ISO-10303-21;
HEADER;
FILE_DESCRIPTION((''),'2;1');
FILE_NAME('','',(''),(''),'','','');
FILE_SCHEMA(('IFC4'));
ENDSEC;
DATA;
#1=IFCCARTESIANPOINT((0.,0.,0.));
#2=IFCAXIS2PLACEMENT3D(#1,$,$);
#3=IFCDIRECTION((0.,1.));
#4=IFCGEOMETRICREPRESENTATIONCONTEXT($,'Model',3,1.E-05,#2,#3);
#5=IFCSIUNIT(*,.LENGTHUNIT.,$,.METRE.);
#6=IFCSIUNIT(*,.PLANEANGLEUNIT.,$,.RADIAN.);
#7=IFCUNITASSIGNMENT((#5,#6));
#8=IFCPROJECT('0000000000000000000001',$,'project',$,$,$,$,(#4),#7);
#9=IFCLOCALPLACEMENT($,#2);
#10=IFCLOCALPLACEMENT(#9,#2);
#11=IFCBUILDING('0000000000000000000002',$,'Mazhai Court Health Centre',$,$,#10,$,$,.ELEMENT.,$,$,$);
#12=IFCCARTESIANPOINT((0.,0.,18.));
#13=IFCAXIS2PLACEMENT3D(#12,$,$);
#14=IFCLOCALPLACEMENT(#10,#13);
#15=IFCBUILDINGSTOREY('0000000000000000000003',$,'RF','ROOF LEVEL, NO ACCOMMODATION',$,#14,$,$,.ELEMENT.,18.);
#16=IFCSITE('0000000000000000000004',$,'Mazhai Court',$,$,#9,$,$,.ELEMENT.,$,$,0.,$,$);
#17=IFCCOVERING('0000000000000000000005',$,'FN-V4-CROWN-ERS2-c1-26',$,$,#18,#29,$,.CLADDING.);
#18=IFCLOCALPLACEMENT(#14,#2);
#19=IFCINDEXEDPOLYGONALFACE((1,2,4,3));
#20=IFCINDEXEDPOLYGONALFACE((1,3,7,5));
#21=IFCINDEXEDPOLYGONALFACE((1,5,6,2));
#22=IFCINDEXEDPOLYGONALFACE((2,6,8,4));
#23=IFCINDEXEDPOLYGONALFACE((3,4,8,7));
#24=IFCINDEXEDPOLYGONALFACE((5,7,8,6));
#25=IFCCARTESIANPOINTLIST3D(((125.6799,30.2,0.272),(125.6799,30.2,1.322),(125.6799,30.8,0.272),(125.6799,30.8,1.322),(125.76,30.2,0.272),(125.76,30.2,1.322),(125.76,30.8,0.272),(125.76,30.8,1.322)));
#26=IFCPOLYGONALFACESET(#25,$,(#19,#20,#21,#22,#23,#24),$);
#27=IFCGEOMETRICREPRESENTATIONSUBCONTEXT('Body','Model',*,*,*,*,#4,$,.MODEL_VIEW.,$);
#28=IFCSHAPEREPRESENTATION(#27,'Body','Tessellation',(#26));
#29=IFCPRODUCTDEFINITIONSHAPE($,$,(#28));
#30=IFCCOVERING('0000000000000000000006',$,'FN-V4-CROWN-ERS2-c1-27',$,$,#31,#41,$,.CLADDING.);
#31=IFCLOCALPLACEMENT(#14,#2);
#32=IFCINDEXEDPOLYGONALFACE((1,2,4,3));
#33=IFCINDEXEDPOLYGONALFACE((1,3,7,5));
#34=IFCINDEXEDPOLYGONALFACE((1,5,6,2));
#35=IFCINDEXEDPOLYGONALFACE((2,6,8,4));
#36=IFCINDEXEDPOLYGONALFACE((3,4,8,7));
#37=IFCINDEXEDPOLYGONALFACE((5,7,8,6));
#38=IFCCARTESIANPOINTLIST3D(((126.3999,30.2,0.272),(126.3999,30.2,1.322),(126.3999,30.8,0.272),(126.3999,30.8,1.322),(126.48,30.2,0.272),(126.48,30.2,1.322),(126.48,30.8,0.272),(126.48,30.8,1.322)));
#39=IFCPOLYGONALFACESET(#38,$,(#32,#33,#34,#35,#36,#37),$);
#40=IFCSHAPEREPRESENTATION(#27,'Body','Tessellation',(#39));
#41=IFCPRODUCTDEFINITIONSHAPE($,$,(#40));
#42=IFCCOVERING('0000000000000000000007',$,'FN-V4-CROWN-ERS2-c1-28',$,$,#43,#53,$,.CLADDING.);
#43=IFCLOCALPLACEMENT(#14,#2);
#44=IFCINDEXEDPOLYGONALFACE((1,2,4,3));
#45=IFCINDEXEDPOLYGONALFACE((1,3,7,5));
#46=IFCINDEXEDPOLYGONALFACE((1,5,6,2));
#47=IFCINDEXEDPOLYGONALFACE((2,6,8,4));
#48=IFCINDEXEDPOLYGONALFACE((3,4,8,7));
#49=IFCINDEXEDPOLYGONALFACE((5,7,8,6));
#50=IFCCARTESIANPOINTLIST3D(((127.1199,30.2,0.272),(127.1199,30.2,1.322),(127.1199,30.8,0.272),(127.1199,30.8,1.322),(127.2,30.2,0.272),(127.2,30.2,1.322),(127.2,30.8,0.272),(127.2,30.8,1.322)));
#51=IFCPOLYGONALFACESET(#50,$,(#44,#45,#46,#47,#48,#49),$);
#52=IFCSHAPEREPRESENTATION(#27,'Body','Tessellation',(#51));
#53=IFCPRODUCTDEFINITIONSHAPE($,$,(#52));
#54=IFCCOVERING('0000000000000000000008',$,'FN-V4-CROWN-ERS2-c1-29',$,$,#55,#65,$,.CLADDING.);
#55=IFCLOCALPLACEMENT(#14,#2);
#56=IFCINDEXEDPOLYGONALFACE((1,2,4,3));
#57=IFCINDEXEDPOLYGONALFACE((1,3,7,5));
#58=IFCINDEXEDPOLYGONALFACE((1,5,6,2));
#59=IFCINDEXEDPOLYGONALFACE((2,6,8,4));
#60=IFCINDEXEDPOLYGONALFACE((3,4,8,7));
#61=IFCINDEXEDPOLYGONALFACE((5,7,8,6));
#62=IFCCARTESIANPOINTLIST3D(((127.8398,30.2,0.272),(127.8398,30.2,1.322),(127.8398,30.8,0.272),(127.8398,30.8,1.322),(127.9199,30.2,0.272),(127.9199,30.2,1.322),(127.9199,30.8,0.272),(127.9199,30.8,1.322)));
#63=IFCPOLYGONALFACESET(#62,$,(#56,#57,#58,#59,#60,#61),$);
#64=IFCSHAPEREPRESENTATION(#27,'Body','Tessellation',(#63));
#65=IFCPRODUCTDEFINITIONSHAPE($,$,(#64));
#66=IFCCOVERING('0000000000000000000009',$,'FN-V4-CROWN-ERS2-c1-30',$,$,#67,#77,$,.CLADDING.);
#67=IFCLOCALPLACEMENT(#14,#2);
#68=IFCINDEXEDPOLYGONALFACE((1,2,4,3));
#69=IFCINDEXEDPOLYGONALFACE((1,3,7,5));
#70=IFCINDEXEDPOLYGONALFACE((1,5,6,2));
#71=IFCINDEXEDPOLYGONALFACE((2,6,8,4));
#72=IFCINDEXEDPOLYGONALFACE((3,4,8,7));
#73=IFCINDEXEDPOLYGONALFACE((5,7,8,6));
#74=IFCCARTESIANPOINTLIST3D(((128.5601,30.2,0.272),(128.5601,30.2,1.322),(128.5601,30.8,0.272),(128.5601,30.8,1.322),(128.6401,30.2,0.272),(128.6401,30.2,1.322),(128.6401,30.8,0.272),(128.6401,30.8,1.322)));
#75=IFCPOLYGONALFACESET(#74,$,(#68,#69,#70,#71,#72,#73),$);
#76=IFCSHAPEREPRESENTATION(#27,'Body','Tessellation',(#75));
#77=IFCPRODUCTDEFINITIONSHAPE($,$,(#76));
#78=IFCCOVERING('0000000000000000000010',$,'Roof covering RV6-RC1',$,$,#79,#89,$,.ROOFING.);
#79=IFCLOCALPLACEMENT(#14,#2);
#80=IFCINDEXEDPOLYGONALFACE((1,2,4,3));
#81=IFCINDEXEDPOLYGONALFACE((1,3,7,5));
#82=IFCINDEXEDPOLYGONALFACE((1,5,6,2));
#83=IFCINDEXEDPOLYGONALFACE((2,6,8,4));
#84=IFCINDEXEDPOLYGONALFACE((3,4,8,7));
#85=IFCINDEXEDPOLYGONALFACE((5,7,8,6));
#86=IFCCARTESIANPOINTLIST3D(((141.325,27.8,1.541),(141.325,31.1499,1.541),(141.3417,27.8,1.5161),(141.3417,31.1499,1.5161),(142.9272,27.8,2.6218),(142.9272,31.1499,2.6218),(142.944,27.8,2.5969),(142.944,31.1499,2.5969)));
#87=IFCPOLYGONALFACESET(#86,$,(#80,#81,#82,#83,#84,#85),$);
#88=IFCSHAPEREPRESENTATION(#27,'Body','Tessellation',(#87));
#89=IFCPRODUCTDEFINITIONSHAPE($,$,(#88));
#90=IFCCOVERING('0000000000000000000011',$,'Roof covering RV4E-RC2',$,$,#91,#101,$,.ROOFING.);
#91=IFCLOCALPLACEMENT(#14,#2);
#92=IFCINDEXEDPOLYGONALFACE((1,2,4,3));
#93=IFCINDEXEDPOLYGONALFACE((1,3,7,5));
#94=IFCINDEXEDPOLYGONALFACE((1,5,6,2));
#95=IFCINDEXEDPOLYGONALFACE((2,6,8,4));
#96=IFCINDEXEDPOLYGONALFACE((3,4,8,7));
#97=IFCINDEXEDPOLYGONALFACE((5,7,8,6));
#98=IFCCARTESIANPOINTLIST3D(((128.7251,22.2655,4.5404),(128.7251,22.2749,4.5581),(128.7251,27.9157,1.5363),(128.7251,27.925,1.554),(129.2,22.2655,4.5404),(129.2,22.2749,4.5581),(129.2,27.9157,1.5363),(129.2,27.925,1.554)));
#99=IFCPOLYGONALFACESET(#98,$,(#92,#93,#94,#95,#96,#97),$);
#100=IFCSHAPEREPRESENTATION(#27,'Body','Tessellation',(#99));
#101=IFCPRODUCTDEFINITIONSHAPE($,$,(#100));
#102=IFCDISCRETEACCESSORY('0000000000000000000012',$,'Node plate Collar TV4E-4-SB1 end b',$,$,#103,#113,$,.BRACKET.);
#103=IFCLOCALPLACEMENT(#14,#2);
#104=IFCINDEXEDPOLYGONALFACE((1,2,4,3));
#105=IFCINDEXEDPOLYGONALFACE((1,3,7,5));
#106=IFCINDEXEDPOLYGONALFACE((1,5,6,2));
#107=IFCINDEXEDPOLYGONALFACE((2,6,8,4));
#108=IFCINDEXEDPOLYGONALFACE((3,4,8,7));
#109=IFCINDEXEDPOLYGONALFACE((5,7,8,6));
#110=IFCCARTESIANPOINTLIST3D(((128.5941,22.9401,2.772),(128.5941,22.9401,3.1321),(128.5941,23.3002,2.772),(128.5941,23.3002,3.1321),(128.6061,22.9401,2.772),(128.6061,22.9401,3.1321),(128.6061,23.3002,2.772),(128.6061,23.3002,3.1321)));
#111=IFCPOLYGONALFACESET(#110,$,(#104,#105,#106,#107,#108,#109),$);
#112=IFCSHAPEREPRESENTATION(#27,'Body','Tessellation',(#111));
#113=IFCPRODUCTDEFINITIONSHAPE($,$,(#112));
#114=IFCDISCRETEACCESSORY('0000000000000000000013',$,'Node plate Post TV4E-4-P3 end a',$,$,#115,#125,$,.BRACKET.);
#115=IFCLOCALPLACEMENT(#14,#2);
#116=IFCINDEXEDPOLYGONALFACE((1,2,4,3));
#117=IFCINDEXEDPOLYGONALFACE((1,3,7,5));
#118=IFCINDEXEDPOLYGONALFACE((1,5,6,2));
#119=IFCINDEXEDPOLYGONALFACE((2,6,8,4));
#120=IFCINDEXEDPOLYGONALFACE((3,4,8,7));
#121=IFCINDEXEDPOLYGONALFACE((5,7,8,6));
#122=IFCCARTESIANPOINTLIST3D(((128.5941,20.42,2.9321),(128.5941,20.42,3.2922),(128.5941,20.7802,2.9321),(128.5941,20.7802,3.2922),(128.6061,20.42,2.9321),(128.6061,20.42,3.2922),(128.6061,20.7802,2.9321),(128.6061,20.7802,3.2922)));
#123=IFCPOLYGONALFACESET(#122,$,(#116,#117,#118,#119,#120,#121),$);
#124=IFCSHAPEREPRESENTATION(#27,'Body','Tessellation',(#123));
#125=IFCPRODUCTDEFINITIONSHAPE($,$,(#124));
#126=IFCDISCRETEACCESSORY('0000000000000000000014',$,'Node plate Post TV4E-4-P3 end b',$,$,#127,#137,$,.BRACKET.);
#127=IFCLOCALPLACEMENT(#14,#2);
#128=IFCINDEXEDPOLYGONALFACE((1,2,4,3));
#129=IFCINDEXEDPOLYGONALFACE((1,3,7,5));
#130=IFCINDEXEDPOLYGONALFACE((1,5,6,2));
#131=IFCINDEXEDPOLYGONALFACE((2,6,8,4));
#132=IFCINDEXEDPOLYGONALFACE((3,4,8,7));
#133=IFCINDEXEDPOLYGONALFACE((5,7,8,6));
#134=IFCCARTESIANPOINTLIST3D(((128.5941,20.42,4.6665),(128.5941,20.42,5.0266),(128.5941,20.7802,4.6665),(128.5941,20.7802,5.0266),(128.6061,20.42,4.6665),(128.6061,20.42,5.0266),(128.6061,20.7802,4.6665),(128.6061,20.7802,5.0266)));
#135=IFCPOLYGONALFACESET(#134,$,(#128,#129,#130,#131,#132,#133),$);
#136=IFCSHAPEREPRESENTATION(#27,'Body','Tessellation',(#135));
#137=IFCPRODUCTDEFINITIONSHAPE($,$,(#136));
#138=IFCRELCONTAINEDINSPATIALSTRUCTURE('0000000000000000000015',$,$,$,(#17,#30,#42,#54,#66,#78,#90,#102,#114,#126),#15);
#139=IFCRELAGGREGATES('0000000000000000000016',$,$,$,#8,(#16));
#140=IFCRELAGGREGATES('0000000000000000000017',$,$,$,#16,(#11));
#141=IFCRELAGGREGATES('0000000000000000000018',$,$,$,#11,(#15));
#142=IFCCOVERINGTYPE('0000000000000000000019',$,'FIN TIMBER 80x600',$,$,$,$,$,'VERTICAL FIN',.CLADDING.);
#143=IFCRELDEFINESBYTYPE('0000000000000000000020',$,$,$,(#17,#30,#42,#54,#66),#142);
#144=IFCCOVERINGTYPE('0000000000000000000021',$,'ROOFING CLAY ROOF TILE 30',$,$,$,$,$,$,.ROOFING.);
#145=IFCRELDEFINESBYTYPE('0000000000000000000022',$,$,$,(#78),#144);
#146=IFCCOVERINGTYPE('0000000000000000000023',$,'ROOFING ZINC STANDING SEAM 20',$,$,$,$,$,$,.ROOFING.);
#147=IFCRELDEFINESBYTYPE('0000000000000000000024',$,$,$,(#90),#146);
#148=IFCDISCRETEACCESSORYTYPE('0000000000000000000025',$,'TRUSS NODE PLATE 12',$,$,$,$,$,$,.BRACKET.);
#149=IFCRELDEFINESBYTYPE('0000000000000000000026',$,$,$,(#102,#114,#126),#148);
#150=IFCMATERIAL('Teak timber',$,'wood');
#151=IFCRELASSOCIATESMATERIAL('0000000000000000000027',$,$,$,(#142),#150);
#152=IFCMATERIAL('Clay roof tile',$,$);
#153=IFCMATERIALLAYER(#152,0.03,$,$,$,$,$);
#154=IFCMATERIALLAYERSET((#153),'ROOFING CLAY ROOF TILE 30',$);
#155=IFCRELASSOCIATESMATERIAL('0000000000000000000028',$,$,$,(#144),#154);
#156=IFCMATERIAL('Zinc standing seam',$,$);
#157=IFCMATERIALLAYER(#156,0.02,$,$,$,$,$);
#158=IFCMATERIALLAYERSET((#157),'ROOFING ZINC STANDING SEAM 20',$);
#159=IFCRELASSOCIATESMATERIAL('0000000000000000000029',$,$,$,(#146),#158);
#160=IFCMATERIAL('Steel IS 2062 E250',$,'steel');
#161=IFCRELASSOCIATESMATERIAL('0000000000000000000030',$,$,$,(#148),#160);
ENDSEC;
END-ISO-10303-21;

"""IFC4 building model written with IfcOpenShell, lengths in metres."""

from ifc_helpers import new_model, si_unit, direction, frame, origin, origin_2d, place, context, subcontext, project, spatial, polyline, rectangle, outline, extrude, material, layer, layer_set, type_object, element, save


model = new_model("IFC4")

# Units and contexts
model_context = context("Model", 3, precision=1e-05, world=origin(), true_north=direction((0.0, 1.0)))
body_context = subcontext(model_context, "Body", "Model", "MODEL_VIEW")
ifc_project = project(units=[si_unit("LENGTHUNIT", "METRE"), si_unit("PLANEANGLEUNIT", "RADIAN")], contexts=[model_context])

# Site, building, storey
site_placement = place(None, origin())
site = spatial("IfcSite", under=ifc_project, at=site_placement, Name="Mazhai Court", CompositionType="ELEMENT", RefElevation=0.0)
building_placement = place(site_placement, origin())
building = spatial("IfcBuilding", under=site, at=building_placement, Name="Mazhai Court Health Centre", CompositionType="ELEMENT")
storey_placement = place(building_placement, frame((0.0, 0.0, 18.0)))
storey = spatial("IfcBuildingStorey", under=building, at=storey_placement, Name="RF", Description="ROOF LEVEL, NO ACCOMMODATION", CompositionType="ELEMENT", Elevation=18.0)

# Coverings
ifc_material_1 = material(Name="Teak timber", Category="wood")
covering_type_1 = type_object("IfcCoveringType", Name="FIN TIMBER 80x600", ElementType="VERTICAL FIN", PredefinedType="CLADDING", material=ifc_material_1)
for number, where, z_axis, x_axis, name in (
    (1, (125.72, 30.5, 0.272), (0.0, 0.0, 1.0), (1.0, 0.0, 0.0), "FN-V4-CROWN-ERS2-c1-26"),
    (2, (126.4399, 30.5, 0.272), (0.0, 0.0, 1.0), (1.0, 0.0, 0.0), "FN-V4-CROWN-ERS2-c1-27"),
    (3, (127.1599, 30.5, 0.272), (0.0, 0.0, 1.0), (1.0, 0.0, 0.0), "FN-V4-CROWN-ERS2-c1-28"),
    (4, (127.8799, 30.5, 0.272), (0.0, 0.0, 1.0), (1.0, 0.0, 0.0), "FN-V4-CROWN-ERS2-c1-29"),
    (5, (128.6001, 30.5, 0.272), (0.0, 0.0, 1.0), (1.0, 0.0, 0.0), "FN-V4-CROWN-ERS2-c1-30"),
):
    element("IfcCovering", number, at=place(storey_placement, frame(where, z_axis=z_axis, x_axis=x_axis)), inside=storey, type_object=covering_type_1, Name=name, PredefinedType="CLADDING", context=body_context, shape_type="SweptSolid", body=[
        extrude(rectangle(XDim=0.0801, YDim=0.6001, at=origin_2d()), origin(), (0.0, 0.0, 1.0), 1.05),
    ])
ifc_material_2 = material(Name="Clay roof tile")
ifc_layer_1 = layer(ifc_material_2, 0.03)
ifc_layer_set_1 = layer_set([ifc_layer_1], Name="ROOFING CLAY ROOF TILE 30")
covering_type_2 = type_object("IfcCoveringType", Name="ROOFING CLAY ROOF TILE 30", PredefinedType="ROOFING", material=ifc_layer_set_1)
covering_1_placement = place(storey_placement, frame((142.9272, 27.8, 2.6218), z_axis=(-0.55921, 0.0, 0.829026), x_axis=(-0.829026, 0.0, -0.55921)))
element("IfcCovering", 6, at=covering_1_placement, inside=storey, type_object=covering_type_2, Name="Roof covering RV6-RC1", PredefinedType="ROOFING", context=body_context, shape_type="SweptSolid", body=[
    extrude(outline(polyline([(0.0, 0.0), (1.9327, 0.0), (1.9327, -3.3499), (0.0, -3.3499), (0.0, 0.0)])), origin(), (0.0, 0.0, -1.0), 0.03),
])
ifc_material_3 = material(Name="Zinc standing seam")
ifc_layer_2 = layer(ifc_material_3, 0.02)
ifc_layer_set_2 = layer_set([ifc_layer_2], Name="ROOFING ZINC STANDING SEAM 20")
covering_type_3 = type_object("IfcCoveringType", Name="ROOFING ZINC STANDING SEAM 20", PredefinedType="ROOFING", material=ifc_layer_set_2)
covering_2_placement = place(storey_placement, frame((129.2, 22.2749, 4.5581), z_axis=(0.0, 0.469461, 0.882953), x_axis=(-1.0, 0.0, 0.0)))
element("IfcCovering", 7, at=covering_2_placement, inside=storey, type_object=covering_type_3, Name="Roof covering RV4E-RC2", PredefinedType="ROOFING", context=body_context, shape_type="SweptSolid", body=[
    extrude(outline(polyline([(0.0, 0.0), (0.4749, 0.0), (0.4749, -6.3991), (0.0, -6.3991), (0.0, 0.0)])), origin(), (0.0, 0.0, -1.0), 0.02),
])

# Discrete accessories
ifc_material_4 = material(Name="Steel IS 2062 E250", Category="steel")
discrete_accessory_type = type_object("IfcDiscreteAccessoryType", Name="TRUSS NODE PLATE 12", PredefinedType="BRACKET", material=ifc_material_4)
for number, where, z_axis, x_axis, name in (
    (8, (128.6001, 23.1201, 2.772), (0.0, 0.0, 1.0), (1.0, 0.0, 0.0), "Node plate Collar TV4E-4-SB1 end b"),
    (9, (128.6001, 20.6001, 2.9321), (0.0, 0.0, 1.0), (1.0, 0.0, 0.0), "Node plate Post TV4E-4-P3 end a"),
    (10, (128.6001, 20.6001, 4.6665), (0.0, 0.0, 1.0), (1.0, 0.0, 0.0), "Node plate Post TV4E-4-P3 end b"),
):
    element("IfcDiscreteAccessory", number, at=place(storey_placement, frame(where, z_axis=z_axis, x_axis=x_axis)), inside=storey, type_object=discrete_accessory_type, Name=name, PredefinedType="BRACKET", context=body_context, shape_type="SweptSolid", body=[
        extrude(rectangle(XDim=0.012, YDim=0.3601, at=origin_2d()), origin(), (0.0, 0.0, 1.0), 0.3601),
    ])

save(model, "model.ifc")
